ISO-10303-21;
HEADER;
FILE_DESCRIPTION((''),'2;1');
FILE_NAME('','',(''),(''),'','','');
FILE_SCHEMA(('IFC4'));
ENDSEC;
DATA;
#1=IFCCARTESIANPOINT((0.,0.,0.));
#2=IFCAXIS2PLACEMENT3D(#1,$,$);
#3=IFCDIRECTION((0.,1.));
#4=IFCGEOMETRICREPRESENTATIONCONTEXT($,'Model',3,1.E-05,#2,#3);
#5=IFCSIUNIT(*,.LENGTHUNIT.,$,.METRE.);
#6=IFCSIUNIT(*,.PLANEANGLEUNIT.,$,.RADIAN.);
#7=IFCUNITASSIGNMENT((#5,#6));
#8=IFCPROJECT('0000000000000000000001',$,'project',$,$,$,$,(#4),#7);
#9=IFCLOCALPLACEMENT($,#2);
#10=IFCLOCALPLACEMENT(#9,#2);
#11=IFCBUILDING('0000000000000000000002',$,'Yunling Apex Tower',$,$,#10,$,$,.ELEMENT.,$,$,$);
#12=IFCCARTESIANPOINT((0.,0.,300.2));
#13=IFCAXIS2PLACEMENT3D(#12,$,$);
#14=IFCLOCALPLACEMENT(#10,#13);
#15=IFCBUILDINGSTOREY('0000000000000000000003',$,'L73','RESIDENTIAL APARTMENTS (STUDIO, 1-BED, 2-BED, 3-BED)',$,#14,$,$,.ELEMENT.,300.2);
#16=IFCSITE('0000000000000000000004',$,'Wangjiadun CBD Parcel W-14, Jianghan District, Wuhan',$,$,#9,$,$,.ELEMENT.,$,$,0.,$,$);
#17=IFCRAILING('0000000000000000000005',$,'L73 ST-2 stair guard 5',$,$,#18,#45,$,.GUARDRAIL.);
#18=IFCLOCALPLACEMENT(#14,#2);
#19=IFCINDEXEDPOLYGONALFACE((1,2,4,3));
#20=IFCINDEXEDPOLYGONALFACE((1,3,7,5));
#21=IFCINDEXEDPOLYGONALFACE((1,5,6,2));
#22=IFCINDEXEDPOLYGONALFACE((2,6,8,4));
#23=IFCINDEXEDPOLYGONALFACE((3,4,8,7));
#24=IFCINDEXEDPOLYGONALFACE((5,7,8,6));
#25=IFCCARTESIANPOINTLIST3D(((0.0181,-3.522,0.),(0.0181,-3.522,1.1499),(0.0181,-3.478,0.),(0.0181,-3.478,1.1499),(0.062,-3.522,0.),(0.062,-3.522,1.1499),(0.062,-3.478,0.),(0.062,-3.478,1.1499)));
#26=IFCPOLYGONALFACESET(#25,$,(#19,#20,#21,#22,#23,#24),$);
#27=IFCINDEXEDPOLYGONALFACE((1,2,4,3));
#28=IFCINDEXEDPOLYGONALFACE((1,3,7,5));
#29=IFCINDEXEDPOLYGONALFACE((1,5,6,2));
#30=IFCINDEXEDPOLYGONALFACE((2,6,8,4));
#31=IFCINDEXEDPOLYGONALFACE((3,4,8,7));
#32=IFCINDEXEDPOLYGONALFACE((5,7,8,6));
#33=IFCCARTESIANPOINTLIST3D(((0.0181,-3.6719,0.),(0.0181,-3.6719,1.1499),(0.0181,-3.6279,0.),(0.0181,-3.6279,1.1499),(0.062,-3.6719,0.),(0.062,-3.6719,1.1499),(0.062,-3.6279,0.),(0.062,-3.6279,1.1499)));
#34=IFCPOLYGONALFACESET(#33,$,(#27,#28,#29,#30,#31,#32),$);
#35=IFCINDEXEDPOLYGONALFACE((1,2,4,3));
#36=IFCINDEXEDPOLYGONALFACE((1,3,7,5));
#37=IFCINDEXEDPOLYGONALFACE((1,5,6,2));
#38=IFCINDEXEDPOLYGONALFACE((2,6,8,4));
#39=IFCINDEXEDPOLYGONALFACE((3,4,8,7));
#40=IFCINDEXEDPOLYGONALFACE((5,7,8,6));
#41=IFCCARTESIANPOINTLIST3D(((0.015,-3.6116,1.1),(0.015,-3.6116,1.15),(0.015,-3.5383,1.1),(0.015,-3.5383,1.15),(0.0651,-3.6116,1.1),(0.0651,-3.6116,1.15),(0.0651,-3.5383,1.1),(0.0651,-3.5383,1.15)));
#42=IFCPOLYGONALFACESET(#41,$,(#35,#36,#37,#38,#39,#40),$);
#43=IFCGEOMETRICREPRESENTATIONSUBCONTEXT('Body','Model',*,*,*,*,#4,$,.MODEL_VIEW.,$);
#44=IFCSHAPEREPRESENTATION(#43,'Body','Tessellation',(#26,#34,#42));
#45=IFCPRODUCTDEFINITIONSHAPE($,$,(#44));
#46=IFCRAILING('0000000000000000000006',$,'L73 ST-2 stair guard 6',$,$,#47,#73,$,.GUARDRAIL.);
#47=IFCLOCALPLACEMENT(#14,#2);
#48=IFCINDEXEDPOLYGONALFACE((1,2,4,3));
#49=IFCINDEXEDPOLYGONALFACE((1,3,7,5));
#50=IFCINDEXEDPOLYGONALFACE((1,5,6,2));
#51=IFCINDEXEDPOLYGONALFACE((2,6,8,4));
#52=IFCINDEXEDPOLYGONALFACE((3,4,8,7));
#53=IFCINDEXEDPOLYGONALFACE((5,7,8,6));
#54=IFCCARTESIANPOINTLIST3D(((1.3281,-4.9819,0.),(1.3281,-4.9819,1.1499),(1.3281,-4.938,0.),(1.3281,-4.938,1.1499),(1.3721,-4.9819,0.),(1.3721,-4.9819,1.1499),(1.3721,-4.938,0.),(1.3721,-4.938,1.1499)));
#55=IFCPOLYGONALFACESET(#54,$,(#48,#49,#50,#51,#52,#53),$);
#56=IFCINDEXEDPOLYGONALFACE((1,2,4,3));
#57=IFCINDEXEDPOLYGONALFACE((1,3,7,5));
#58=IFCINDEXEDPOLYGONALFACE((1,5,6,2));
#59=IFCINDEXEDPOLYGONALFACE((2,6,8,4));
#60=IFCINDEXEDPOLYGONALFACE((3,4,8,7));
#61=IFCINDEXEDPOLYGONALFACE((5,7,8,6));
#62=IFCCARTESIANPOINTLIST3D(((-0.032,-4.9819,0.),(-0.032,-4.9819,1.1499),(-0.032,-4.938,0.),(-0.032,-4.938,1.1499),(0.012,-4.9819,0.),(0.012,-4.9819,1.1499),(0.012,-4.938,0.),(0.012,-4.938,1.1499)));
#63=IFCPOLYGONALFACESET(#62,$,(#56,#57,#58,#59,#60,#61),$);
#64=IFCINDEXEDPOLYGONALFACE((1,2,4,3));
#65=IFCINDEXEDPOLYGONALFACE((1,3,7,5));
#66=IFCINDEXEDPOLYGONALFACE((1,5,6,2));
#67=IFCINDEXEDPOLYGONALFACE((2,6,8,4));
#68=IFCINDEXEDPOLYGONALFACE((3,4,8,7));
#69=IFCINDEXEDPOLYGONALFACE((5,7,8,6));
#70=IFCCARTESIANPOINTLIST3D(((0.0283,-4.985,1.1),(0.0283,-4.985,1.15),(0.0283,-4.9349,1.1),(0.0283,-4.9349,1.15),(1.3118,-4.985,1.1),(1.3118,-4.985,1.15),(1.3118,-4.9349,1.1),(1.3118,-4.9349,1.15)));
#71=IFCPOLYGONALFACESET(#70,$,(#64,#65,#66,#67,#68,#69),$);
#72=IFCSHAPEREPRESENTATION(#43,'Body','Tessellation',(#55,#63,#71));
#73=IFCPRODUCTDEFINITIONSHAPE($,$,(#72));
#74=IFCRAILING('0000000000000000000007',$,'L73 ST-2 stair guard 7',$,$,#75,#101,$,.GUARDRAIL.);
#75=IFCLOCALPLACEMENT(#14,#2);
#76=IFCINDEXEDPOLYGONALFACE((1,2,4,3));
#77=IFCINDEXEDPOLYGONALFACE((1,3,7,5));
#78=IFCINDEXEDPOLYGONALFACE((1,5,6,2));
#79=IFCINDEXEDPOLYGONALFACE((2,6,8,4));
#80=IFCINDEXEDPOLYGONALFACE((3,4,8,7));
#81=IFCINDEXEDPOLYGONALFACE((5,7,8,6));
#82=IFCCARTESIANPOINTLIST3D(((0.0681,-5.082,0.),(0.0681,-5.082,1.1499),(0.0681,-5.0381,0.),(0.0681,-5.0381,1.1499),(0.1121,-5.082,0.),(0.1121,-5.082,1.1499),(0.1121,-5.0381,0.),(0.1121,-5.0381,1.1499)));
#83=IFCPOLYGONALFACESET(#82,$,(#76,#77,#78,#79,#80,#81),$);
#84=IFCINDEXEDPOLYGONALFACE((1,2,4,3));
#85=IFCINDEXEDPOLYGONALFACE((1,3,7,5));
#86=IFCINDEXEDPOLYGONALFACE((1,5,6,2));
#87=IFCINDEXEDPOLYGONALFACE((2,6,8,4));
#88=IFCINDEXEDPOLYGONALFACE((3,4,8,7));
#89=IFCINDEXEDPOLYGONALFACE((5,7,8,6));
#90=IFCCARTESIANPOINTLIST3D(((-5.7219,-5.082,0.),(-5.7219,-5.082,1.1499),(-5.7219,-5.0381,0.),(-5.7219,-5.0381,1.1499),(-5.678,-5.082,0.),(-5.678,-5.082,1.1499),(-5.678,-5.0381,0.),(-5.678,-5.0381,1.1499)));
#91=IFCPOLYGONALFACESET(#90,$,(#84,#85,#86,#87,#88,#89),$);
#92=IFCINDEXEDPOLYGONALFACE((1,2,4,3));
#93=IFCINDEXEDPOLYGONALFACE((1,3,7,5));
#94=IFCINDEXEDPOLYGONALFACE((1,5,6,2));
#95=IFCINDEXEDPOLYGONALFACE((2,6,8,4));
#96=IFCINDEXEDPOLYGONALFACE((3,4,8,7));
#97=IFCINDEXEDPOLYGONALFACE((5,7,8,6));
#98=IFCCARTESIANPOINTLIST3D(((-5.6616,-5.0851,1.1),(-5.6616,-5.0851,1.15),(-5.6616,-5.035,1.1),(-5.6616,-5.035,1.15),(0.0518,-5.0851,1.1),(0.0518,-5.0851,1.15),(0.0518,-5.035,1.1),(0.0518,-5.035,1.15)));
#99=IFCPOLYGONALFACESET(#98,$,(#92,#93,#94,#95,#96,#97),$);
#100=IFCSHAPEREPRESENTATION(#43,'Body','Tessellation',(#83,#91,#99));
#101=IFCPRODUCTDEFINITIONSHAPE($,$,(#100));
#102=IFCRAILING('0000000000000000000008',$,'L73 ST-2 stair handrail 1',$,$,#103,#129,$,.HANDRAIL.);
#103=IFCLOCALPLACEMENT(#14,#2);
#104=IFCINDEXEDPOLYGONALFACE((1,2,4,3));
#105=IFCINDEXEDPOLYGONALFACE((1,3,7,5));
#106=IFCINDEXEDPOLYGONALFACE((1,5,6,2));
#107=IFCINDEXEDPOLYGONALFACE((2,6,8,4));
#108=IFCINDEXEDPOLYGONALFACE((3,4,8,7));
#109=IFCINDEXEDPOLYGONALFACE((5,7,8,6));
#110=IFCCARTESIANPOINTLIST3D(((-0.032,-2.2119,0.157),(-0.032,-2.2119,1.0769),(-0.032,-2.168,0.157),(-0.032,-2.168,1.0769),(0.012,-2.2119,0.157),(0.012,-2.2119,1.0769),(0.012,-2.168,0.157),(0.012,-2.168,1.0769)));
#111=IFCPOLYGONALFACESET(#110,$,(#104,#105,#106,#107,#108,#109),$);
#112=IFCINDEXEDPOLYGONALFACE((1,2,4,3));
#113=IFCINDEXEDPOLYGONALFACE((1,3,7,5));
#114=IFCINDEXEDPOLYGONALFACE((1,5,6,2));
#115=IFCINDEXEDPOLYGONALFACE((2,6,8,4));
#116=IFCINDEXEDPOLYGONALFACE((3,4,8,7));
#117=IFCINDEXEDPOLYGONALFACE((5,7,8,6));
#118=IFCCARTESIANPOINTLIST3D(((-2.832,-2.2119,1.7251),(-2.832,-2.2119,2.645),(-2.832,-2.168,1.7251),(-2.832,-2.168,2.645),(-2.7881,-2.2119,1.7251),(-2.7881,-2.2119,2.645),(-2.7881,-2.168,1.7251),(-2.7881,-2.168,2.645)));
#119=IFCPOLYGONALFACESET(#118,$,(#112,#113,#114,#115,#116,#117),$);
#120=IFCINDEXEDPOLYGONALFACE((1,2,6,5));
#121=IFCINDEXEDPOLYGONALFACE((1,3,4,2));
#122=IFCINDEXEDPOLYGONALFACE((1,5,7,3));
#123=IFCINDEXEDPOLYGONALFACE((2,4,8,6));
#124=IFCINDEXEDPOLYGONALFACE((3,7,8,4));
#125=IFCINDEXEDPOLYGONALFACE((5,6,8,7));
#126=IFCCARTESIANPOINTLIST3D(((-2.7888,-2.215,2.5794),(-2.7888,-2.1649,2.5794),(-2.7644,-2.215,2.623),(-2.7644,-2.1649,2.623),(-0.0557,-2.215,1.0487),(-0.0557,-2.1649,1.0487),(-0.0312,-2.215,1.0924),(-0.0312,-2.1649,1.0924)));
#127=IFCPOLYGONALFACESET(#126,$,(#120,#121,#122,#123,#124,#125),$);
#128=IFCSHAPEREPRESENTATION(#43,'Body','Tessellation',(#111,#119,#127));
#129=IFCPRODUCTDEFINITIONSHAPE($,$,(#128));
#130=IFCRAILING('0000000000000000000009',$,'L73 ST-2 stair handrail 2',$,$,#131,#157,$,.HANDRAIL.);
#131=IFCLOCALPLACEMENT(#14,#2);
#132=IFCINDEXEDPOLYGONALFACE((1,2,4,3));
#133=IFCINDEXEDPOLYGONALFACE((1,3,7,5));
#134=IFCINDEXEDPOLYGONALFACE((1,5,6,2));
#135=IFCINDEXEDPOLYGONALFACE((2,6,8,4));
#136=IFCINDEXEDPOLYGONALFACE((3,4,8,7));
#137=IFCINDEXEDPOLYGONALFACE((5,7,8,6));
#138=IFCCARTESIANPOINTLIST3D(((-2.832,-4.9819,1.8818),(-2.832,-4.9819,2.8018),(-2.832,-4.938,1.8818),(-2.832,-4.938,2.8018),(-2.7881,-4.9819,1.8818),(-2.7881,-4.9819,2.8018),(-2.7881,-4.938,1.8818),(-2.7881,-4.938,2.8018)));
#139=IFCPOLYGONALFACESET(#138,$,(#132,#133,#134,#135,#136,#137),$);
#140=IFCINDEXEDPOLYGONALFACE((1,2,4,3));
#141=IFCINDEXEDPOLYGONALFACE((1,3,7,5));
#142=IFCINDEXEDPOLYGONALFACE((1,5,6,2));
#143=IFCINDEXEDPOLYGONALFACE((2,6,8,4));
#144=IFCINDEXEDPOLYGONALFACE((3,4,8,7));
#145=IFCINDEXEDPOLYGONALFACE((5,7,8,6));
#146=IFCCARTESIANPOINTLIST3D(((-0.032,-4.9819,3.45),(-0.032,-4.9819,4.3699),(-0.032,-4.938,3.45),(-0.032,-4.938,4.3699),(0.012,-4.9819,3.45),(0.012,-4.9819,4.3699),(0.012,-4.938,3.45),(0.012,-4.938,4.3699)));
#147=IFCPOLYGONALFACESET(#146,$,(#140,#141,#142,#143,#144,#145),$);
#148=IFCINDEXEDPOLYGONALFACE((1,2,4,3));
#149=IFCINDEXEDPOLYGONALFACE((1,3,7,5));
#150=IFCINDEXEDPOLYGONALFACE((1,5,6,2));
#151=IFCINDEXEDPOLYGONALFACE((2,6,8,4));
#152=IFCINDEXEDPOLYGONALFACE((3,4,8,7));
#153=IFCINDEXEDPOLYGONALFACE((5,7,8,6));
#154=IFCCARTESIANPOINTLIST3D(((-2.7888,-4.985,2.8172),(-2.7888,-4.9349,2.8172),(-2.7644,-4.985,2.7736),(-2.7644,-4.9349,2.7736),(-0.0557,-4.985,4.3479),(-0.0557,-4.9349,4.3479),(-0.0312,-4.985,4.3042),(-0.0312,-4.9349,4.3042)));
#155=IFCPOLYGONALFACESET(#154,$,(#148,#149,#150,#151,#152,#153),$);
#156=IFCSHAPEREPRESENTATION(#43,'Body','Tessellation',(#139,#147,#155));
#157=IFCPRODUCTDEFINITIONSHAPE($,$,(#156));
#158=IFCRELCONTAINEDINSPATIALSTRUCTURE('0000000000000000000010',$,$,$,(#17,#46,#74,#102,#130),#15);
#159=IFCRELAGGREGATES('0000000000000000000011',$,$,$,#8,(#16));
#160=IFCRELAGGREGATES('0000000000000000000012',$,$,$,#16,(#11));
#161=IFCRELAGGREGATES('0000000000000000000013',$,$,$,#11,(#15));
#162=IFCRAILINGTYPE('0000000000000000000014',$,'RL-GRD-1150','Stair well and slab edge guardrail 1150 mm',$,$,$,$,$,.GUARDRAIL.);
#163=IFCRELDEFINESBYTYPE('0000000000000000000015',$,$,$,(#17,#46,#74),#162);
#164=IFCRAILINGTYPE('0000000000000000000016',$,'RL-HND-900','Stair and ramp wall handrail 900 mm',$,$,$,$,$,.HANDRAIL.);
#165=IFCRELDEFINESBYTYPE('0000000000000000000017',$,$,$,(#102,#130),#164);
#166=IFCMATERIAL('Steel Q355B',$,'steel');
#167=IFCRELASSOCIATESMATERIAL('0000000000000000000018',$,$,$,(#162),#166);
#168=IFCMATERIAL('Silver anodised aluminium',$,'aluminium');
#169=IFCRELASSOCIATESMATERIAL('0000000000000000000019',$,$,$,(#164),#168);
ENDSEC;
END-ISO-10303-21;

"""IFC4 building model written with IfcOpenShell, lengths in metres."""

from ifc_helpers import new_model, si_unit, direction, frame, origin, origin_2d, place, context, subcontext, project, spatial, rectangle, extrude, material, type_object, element, save


model = new_model("IFC4")

# Units and contexts
model_context = context("Model", 3, precision=1e-05, world=origin(), true_north=direction((0.0, 1.0)))
body_context = subcontext(model_context, "Body", "Model", "MODEL_VIEW")
ifc_project = project(units=[si_unit("LENGTHUNIT", "METRE"), si_unit("PLANEANGLEUNIT", "RADIAN")], contexts=[model_context])

# Site, building, storey
site_placement = place(None, origin())
site = spatial("IfcSite", under=ifc_project, at=site_placement, Name="Wangjiadun CBD Parcel W-14, Jianghan District, Wuhan", CompositionType="ELEMENT", RefElevation=0.0)
building_placement = place(site_placement, origin())
building = spatial("IfcBuilding", under=site, at=building_placement, Name="Yunling Apex Tower", CompositionType="ELEMENT")
storey_placement = place(building_placement, frame((0.0, 0.0, 300.2)))
storey = spatial("IfcBuildingStorey", under=building, at=storey_placement, Name="L73", Description="RESIDENTIAL APARTMENTS (STUDIO, 1-BED, 2-BED, 3-BED)", CompositionType="ELEMENT", Elevation=300.2)

# Shared definitions
ifc_material_1 = material(Name="Steel Q355B", Category="steel")

# Railings
railing_type_1 = type_object("IfcRailingType", Name="RL-GRD-1150", Description="Stair well and slab edge guardrail 1150 mm", PredefinedType="GUARDRAIL", material=ifc_material_1)
railing_1_placement = place(storey_placement, frame((0.04, -3.5, 0.0)))
element("IfcRailing", 1, at=railing_1_placement, inside=storey, type_object=railing_type_1, Name="L73 ST-2 stair guard 5", PredefinedType="GUARDRAIL", context=body_context, shape_type="SweptSolid", body=[
    extrude(rectangle(XDim=0.0439, YDim=0.0439, at=origin_2d()), origin(), (0.0, 0.0, 1.0), 1.1499),
    extrude(rectangle(XDim=0.0439, YDim=0.0439, at=origin_2d()), frame((0.0, -0.1499, 0.0)), (0.0, 0.0, 1.0), 1.1499),
    extrude(rectangle(XDim=0.05, YDim=0.05, at=origin_2d()), frame((0.0, -0.0383, 1.125), z_axis=(0.0, -1.0, 0.0), x_axis=(1.0, 0.0, 0.0)), (0.0, 0.0, 1.0), 0.0732),
])
railing_2_placement = place(storey_placement, frame((1.3501, -4.96, 0.0)))
element("IfcRailing", 2, at=railing_2_placement, inside=storey, type_object=railing_type_1, Name="L73 ST-2 stair guard 6", PredefinedType="GUARDRAIL", context=body_context, shape_type="SweptSolid", body=[
    extrude(rectangle(XDim=0.0439, YDim=0.0439, at=origin_2d()), origin(), (0.0, 0.0, 1.0), 1.1499),
    extrude(rectangle(XDim=0.0439, YDim=0.0439, at=origin_2d()), frame((-1.3601, 0.0, 0.0)), (0.0, 0.0, 1.0), 1.1499),
    extrude(rectangle(XDim=0.05, YDim=0.05, at=origin_2d()), frame((-0.0383, 0.0, 1.125), z_axis=(-1.0, 0.0, 0.0), x_axis=(0.0, -1.0, 0.0)), (0.0, 0.0, 1.0), 1.2834),
])
railing_3_placement = place(storey_placement, frame((0.0901, -5.0601, 0.0)))
element("IfcRailing", 3, at=railing_3_placement, inside=storey, type_object=railing_type_1, Name="L73 ST-2 stair guard 7", PredefinedType="GUARDRAIL", context=body_context, shape_type="SweptSolid", body=[
    extrude(rectangle(XDim=0.0439, YDim=0.0439, at=origin_2d()), origin(), (0.0, 0.0, 1.0), 1.1499),
    extrude(rectangle(XDim=0.0439, YDim=0.0439, at=origin_2d()), frame((-5.79, 0.0, 0.0)), (0.0, 0.0, 1.0), 1.1499),
    extrude(rectangle(XDim=0.05, YDim=0.05, at=origin_2d()), frame((-0.0383, 0.0, 1.125), z_axis=(-1.0, 0.0, 0.0), x_axis=(0.0, -1.0, 0.0)), (0.0, 0.0, 1.0), 5.7134),
])
ifc_material_2 = material(Name="Silver anodised aluminium", Category="aluminium")
railing_type_2 = type_object("IfcRailingType", Name="RL-HND-900", Description="Stair and ramp wall handrail 900 mm", PredefinedType="HANDRAIL", material=ifc_material_2)
railing_4_placement = place(storey_placement, frame((-0.01, -2.1899, 0.157)))
element("IfcRailing", 4, at=railing_4_placement, inside=storey, type_object=railing_type_2, Name="L73 ST-2 stair handrail 1", PredefinedType="HANDRAIL", context=body_context, shape_type="SweptSolid", body=[
    extrude(rectangle(XDim=0.0439, YDim=0.0439, at=origin_2d()), origin(), (0.0, 0.0, 1.0), 0.9199),
    extrude(rectangle(XDim=0.0439, YDim=0.0439, at=origin_2d()), frame((-2.8, 0.0, 1.5681)), (0.0, 0.0, 1.0), 0.9199),
    extrude(rectangle(XDim=0.05, YDim=0.05, at=origin_2d()), frame((-0.0334, 0.0, 0.9136), z_axis=(-0.872494, 0.0, 0.488624), x_axis=(0.0, -1.0, 0.0)), (0.0, 0.0, 1.0), 3.1326),
])
railing_5_placement = place(storey_placement, frame((-2.8101, -4.96, 1.8818)))
element("IfcRailing", 5, at=railing_5_placement, inside=storey, type_object=railing_type_2, Name="L73 ST-2 stair handrail 2", PredefinedType="HANDRAIL", context=body_context, shape_type="SweptSolid", body=[
    extrude(rectangle(XDim=0.0439, YDim=0.0439, at=origin_2d()), origin(), (0.0, 0.0, 1.0), 0.9199),
    extrude(rectangle(XDim=0.0439, YDim=0.0439, at=origin_2d()), frame((2.8, 0.0, 1.5681)), (0.0, 0.0, 1.0), 0.9199),
    extrude(rectangle(XDim=0.05, YDim=0.05, at=origin_2d()), frame((0.0334, 0.0, 0.9136), z_axis=(0.872494, 0.0, 0.488624), x_axis=(0.0, 1.0, 0.0)), (0.0, 0.0, 1.0), 3.1326),
])

save(model, "model.ifc")
